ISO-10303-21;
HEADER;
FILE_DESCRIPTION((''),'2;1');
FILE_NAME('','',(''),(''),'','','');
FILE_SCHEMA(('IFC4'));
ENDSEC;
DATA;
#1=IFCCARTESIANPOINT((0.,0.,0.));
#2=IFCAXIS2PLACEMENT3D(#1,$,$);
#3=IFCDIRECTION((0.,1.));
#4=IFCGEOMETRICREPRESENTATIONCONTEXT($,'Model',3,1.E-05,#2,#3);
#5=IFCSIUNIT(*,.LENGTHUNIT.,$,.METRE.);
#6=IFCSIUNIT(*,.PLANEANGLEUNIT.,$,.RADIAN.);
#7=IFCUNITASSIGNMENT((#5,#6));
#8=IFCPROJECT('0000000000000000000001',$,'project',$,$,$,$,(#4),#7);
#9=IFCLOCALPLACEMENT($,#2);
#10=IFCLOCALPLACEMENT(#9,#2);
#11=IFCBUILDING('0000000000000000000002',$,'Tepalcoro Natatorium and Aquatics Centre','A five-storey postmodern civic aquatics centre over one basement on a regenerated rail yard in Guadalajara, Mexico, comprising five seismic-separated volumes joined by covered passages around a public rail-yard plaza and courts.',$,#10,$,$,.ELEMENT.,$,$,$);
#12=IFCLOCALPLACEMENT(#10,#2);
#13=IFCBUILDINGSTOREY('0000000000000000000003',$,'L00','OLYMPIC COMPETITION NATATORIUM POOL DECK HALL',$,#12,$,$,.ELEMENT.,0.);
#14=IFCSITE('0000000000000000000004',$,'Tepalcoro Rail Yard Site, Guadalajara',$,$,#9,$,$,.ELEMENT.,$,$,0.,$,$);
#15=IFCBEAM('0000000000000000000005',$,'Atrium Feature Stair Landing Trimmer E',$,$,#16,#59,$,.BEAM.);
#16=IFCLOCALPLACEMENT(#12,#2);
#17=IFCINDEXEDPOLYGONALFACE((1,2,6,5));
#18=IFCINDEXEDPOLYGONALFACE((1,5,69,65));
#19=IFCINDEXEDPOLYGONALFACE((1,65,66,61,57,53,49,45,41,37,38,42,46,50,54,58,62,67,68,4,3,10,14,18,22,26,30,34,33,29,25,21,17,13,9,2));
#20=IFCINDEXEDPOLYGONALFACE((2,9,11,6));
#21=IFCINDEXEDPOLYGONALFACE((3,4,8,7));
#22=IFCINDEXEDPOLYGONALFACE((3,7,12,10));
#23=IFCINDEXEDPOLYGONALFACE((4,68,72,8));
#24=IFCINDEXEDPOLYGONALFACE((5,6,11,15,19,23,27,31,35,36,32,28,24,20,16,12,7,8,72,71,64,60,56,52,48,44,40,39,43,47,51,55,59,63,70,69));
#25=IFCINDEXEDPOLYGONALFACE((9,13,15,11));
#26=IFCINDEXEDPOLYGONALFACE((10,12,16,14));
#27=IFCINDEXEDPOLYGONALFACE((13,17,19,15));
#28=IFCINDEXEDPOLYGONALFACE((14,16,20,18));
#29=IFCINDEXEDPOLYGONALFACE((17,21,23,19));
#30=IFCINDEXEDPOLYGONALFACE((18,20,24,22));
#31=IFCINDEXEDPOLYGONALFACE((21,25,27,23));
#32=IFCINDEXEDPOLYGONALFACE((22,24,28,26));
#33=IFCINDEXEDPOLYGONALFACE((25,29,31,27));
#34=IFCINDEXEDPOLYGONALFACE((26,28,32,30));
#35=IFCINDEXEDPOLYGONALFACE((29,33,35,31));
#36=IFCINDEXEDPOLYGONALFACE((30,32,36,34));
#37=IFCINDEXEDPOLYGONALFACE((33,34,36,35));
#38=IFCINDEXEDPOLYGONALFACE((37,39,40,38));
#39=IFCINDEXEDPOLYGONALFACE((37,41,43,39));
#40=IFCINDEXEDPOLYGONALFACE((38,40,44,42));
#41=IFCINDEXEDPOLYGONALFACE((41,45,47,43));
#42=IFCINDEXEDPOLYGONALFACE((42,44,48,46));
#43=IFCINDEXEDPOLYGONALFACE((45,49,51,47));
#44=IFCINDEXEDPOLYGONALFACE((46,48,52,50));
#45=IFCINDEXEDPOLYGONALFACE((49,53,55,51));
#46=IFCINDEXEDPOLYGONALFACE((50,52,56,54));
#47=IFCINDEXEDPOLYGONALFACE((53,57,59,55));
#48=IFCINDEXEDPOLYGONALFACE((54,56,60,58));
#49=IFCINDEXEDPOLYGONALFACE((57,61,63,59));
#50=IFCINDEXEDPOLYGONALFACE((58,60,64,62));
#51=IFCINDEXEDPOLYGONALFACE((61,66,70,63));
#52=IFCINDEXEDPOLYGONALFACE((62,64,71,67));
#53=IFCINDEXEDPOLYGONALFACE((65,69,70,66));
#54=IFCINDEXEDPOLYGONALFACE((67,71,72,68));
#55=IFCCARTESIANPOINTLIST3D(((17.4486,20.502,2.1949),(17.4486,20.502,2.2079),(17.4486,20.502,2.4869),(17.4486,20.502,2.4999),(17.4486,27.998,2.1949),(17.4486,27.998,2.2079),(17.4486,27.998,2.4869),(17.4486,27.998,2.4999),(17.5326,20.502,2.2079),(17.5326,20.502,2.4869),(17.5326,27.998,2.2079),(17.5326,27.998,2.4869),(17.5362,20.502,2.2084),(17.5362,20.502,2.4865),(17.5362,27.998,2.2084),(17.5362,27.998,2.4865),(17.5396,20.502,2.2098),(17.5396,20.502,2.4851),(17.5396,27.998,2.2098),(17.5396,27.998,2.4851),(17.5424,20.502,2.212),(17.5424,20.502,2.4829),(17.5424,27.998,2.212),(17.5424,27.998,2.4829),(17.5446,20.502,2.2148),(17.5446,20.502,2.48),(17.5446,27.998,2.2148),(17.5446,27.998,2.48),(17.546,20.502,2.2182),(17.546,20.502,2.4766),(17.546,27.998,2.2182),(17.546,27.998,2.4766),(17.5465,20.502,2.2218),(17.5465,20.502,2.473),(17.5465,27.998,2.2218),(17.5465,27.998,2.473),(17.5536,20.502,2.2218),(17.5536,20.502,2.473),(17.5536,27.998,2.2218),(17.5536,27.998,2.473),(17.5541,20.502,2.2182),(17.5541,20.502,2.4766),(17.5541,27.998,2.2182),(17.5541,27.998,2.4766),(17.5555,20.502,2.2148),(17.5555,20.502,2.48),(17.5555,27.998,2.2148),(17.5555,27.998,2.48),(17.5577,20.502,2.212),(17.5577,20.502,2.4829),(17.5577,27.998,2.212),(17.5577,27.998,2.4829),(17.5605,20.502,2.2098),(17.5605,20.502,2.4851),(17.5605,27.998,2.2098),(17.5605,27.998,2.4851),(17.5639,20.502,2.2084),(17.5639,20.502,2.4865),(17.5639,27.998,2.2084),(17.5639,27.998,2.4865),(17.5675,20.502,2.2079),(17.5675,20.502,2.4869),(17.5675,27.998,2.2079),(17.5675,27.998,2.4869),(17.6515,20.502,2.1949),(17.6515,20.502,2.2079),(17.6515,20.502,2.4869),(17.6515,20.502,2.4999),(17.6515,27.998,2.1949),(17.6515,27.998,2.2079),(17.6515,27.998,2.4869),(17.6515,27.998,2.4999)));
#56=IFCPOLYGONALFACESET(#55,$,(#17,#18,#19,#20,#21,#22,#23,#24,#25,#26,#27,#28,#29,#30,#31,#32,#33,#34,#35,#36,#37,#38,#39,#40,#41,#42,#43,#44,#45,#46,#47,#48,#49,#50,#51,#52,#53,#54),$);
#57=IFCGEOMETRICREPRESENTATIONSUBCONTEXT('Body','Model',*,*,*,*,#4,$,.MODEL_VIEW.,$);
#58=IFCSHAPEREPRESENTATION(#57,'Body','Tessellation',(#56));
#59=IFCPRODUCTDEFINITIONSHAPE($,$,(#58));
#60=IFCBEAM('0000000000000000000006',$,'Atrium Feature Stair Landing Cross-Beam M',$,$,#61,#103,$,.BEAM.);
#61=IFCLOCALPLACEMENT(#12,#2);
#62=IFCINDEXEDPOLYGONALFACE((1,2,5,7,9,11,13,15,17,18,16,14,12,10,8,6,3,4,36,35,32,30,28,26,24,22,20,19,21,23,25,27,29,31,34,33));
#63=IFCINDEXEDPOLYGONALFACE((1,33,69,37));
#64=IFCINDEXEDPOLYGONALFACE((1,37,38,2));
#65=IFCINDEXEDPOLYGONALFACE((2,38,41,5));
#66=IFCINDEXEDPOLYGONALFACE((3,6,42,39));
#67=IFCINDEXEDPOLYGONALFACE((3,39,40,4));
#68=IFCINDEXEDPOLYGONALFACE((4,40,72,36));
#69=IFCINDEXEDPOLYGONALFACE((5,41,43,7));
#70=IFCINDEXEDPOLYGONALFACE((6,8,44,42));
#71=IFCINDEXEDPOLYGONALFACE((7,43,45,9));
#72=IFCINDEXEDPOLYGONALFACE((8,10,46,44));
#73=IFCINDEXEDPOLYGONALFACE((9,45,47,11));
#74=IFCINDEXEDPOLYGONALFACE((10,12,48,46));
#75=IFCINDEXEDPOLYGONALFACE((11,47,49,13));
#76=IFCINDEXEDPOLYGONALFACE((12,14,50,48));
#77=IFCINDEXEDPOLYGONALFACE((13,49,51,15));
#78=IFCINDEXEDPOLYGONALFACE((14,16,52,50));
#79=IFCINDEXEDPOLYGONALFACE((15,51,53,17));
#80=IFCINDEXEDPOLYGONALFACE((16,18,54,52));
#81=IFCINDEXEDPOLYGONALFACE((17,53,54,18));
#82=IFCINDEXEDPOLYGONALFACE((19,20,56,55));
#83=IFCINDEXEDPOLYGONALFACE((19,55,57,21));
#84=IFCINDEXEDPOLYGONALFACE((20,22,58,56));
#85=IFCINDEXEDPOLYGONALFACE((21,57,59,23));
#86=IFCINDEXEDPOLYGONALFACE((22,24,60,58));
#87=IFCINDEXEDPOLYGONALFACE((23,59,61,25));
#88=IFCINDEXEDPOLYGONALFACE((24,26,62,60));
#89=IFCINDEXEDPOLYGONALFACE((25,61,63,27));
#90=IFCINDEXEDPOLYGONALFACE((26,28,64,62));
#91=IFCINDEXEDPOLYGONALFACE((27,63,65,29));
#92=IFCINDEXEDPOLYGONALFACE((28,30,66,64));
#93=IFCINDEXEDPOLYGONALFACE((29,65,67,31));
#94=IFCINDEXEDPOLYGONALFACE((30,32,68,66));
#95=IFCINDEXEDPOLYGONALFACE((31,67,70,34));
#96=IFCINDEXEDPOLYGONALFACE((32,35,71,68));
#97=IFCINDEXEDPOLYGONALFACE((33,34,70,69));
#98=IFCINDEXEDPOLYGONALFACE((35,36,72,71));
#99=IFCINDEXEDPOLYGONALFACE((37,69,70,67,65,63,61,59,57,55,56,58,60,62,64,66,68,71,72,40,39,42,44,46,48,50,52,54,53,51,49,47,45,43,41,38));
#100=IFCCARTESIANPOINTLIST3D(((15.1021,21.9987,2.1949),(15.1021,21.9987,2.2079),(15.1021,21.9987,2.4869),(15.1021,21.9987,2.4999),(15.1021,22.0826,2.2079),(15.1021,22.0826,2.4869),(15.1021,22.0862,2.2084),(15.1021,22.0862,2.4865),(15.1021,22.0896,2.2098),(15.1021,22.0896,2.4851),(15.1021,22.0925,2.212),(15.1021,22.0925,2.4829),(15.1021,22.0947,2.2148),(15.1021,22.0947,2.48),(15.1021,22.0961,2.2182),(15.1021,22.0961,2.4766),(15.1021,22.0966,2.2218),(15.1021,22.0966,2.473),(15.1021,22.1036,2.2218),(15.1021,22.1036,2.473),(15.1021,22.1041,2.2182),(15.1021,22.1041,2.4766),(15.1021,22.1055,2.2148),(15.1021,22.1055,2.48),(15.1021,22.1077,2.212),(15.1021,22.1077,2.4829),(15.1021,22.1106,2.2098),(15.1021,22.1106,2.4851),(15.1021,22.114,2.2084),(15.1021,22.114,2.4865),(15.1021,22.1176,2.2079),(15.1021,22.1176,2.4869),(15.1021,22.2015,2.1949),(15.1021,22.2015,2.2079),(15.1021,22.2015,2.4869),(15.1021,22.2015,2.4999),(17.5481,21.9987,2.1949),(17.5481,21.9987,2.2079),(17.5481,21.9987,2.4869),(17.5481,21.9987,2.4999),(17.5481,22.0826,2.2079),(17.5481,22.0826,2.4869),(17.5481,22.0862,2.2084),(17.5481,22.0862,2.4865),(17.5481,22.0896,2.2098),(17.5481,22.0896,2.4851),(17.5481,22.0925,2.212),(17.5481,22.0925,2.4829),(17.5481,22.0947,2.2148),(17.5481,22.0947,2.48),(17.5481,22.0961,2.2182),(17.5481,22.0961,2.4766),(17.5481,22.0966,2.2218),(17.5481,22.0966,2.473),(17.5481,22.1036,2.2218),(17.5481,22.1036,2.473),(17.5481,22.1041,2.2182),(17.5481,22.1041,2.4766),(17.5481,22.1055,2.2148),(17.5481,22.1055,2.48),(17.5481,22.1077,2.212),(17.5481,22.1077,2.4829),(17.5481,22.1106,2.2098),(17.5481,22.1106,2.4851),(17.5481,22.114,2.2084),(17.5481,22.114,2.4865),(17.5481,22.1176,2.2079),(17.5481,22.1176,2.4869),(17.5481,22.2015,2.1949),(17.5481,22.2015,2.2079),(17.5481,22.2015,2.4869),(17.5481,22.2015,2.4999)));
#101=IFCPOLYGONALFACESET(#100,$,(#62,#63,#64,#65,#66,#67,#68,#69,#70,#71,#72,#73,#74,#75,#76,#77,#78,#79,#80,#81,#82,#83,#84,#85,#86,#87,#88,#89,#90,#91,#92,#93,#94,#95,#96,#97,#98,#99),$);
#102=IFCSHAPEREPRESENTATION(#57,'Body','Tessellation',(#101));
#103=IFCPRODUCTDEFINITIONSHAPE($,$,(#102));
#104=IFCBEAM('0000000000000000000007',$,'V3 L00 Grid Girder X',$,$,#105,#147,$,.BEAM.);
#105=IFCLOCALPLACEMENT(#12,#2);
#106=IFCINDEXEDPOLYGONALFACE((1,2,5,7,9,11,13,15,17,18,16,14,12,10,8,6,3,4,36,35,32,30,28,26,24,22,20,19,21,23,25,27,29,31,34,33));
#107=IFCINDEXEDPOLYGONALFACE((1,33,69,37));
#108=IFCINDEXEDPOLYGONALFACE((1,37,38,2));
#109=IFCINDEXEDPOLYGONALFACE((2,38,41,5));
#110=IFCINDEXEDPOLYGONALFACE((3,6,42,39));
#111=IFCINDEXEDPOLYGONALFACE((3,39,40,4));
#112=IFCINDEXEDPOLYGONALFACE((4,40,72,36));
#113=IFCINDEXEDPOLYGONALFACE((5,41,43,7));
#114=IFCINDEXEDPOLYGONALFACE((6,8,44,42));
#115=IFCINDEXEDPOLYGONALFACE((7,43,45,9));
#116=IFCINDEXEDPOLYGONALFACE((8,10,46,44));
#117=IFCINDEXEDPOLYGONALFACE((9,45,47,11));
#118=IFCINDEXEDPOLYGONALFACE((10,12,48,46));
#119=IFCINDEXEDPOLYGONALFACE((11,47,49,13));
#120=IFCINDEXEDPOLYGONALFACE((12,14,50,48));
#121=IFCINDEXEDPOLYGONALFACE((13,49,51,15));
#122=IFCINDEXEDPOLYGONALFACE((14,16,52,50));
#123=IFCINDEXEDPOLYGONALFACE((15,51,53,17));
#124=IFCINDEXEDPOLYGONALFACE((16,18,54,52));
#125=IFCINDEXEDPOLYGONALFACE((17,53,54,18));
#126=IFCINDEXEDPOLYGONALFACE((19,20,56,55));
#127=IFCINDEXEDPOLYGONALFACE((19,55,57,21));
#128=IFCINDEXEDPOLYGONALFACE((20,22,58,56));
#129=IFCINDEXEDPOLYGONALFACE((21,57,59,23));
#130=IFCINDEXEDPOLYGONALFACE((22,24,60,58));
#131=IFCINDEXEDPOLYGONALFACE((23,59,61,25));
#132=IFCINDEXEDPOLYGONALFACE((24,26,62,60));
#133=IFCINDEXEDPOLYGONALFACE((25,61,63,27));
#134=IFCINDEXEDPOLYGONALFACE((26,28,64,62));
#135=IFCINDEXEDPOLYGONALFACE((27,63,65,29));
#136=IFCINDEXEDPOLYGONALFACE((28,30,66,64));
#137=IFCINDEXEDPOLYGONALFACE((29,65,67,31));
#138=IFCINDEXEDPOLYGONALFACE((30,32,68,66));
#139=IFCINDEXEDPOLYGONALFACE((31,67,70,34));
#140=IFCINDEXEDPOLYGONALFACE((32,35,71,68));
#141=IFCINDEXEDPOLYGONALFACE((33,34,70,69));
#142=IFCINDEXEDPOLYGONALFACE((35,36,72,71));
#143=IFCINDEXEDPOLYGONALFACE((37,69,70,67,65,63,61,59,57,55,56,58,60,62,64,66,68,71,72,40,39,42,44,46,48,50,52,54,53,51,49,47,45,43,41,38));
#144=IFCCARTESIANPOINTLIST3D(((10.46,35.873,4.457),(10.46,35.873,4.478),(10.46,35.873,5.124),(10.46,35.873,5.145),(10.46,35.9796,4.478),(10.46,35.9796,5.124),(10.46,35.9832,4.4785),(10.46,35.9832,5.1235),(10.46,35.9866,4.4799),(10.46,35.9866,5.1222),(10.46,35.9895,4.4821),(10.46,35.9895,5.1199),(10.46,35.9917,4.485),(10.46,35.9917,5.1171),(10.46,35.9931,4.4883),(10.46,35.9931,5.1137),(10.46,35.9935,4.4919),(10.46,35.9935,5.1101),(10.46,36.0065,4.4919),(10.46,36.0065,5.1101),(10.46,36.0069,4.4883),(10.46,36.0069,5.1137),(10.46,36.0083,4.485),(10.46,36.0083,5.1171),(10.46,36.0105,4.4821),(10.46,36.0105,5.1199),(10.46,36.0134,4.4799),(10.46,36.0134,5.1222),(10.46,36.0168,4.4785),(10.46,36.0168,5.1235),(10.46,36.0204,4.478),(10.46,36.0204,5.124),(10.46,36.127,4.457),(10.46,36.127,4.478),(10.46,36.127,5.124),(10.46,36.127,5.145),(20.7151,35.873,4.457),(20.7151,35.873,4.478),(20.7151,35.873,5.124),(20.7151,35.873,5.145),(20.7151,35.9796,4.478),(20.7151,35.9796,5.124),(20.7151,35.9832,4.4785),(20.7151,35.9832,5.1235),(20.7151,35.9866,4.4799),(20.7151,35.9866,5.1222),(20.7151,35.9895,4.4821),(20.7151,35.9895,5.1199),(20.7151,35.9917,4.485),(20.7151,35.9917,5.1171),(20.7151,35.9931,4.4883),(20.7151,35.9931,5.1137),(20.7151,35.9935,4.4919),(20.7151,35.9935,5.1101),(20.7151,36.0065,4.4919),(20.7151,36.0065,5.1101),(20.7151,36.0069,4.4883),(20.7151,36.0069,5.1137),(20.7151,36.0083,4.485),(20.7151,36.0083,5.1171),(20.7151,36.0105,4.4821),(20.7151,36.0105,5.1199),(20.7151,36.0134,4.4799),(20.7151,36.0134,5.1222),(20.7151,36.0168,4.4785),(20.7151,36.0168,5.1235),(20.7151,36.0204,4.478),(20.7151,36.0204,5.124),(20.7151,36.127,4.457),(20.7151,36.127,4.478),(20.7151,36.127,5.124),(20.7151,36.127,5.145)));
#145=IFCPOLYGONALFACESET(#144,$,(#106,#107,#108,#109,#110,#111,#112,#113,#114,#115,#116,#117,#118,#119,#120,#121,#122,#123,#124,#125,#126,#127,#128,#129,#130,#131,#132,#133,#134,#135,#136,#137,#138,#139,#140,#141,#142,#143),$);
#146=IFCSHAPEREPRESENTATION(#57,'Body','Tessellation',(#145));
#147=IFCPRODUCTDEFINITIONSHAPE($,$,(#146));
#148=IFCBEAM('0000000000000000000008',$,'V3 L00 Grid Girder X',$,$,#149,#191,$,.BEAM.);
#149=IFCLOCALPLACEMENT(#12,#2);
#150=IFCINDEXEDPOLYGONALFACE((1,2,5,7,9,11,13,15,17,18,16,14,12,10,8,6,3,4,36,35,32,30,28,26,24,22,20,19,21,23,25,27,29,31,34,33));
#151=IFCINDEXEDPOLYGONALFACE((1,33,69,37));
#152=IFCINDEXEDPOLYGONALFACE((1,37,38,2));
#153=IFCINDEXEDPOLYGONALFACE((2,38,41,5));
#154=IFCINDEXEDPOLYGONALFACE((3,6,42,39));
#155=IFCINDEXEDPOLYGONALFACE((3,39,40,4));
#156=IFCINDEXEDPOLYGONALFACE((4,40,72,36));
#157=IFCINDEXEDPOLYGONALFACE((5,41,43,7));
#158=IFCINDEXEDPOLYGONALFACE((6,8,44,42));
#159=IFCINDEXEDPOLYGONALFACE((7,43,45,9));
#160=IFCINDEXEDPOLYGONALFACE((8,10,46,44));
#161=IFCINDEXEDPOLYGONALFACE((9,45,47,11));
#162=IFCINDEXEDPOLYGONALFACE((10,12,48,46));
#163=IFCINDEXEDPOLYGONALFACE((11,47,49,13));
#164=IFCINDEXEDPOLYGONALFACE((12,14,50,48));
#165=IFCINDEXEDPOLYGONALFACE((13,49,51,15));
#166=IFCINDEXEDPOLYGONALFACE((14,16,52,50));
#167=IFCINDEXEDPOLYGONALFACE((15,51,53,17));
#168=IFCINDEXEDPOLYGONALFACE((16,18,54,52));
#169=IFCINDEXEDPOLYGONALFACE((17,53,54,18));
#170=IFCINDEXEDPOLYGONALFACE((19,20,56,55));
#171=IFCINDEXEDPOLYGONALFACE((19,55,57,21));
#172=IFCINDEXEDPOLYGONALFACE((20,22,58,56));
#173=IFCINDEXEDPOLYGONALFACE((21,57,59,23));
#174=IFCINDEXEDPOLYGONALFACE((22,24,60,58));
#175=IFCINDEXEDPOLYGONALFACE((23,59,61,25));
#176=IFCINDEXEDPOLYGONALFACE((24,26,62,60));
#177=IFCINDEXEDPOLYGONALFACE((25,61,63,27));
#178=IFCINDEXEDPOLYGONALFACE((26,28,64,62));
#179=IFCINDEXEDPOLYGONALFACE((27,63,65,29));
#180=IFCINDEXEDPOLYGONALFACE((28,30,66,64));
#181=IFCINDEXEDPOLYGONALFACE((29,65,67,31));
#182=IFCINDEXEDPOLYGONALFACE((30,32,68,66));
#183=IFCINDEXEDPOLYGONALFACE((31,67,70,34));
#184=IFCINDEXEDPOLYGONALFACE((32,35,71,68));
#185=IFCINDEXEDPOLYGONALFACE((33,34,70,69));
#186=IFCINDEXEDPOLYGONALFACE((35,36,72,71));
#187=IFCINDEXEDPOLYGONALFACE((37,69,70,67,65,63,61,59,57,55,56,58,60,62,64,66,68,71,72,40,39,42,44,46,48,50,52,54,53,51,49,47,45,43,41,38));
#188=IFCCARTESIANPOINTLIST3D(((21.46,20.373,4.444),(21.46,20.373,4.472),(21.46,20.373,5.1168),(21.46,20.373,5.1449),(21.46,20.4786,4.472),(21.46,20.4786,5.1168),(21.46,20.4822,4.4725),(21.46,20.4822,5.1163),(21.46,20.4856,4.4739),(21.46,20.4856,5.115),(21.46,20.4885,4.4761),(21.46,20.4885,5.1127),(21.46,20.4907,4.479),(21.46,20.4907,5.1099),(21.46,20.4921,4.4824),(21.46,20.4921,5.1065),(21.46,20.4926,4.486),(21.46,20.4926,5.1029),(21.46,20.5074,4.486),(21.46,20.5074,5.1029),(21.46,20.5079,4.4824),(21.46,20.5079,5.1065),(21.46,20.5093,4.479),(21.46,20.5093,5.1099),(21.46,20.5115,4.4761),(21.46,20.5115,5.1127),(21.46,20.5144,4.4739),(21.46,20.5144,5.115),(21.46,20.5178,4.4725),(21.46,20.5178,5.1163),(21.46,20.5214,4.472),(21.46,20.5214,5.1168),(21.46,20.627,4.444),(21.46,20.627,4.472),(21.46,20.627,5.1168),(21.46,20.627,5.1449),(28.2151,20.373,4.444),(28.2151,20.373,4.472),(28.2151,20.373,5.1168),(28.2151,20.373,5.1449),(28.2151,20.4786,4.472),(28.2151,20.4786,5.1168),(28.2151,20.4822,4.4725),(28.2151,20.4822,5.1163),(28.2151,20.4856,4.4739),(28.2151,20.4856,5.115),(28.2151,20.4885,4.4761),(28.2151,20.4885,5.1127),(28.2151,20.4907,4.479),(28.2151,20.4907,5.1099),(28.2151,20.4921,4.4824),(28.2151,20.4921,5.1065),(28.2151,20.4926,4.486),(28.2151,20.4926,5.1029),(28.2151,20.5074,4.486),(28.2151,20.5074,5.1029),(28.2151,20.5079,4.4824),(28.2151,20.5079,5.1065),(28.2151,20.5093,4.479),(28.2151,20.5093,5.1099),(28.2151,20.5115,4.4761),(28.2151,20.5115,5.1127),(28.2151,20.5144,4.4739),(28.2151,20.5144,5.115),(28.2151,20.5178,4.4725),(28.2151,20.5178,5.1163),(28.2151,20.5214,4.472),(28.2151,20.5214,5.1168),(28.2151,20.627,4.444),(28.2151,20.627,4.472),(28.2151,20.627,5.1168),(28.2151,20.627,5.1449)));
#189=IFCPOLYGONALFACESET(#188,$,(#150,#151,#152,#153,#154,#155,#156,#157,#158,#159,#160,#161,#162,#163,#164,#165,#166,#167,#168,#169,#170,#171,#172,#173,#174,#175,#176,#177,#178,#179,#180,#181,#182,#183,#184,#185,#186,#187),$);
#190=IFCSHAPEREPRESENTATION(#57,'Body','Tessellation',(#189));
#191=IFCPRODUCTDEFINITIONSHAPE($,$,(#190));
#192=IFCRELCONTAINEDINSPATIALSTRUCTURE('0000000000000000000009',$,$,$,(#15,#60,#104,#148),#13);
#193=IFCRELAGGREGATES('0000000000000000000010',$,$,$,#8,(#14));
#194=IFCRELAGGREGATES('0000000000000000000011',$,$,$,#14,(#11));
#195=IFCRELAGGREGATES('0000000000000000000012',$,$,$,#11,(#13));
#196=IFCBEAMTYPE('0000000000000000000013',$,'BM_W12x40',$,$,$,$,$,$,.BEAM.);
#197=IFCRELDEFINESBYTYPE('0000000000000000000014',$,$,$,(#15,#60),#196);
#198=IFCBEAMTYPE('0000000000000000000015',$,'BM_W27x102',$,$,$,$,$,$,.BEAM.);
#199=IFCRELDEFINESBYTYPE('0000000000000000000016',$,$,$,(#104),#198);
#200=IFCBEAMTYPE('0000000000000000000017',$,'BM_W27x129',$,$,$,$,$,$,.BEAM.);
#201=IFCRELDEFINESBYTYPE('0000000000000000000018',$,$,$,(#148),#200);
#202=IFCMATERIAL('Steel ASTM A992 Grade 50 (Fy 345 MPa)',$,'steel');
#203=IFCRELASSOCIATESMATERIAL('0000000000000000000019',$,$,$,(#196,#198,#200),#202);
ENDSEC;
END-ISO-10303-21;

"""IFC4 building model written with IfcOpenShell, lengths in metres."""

from ifc_helpers import new_model, si_unit, direction, frame, origin, origin_2d, place, context, subcontext, project, spatial, i_section, extrude, material, material_profile, profile_set, type_object, element, save


model = new_model("IFC4")

# Units and contexts
model_context = context("Model", 3, precision=1e-05, world=origin(), true_north=direction((0.0, 1.0)))
body_context = subcontext(model_context, "Body", "Model", "MODEL_VIEW")
ifc_project = project(units=[si_unit("LENGTHUNIT", "METRE"), si_unit("PLANEANGLEUNIT", "RADIAN")], contexts=[model_context])

# Site, building, storey
site_placement = place(None, origin())
site = spatial("IfcSite", under=ifc_project, at=site_placement, Name="Tepalcoro Rail Yard Site, Guadalajara", CompositionType="ELEMENT", RefElevation=0.0)
building_placement = place(site_placement, origin())
building = spatial("IfcBuilding", under=site, at=building_placement, Name="Tepalcoro Natatorium and Aquatics Centre", Description="A five-storey postmodern civic aquatics centre over one basement on a regenerated rail yard in Guadalajara, Mexico, comprising five seismic-separated volumes joined by covered passages around a public rail-yard plaza and courts.", CompositionType="ELEMENT")
storey_placement = place(building_placement, origin())
storey = spatial("IfcBuildingStorey", under=building, at=storey_placement, Name="L00", Description="OLYMPIC COMPETITION NATATORIUM POOL DECK HALL", CompositionType="ELEMENT", Elevation=0.0)

# Beams
ifc_material_1 = material(Name="Steel ASTM A992 Grade 50 (Fy 345 MPa)", Category="steel")
ifc_material_profile_1 = material_profile(ifc_material_1, i_section(OverallWidth=0.2029, OverallDepth=0.3049, WebThickness=0.0071, FlangeThickness=0.0129, FilletRadius=0.0139, at=origin_2d()), Name="W12X40")
ifc_profile_set_1 = profile_set([ifc_material_profile_1], Name="Steel ASTM A992 Grade 50 (Fy 345 MPa)")
beam_type_1 = type_object("IfcBeamType", Name="BM_W12x40", PredefinedType="BEAM", material=ifc_profile_set_1)
for number, where, z_axis, x_axis, name in (
    (1, (17.55, 20.502, 2.3474), (0.0, 1.0, 0.0), (-1.0, 0.0, 0.0), "Atrium Feature Stair Landing Trimmer E"),
):
    element("IfcBeam", number, at=place(storey_placement, frame(where, z_axis=z_axis, x_axis=x_axis)), inside=storey, type_object=beam_type_1, Name=name, PredefinedType="BEAM", context=body_context, shape_type="SweptSolid", body=[
        extrude(i_section(OverallWidth=0.2029, OverallDepth=0.3049, WebThickness=0.0071, FlangeThickness=0.0129, FilletRadius=0.0139, at=origin_2d()), origin(), (0.0, 0.0, 1.0), 7.4961),
    ])
beam_1_placement = place(storey_placement, frame((15.1021, 22.1001, 2.3474), z_axis=(1.0, 0.0, 0.0), x_axis=(0.0, 1.0, 0.0)))
element("IfcBeam", 2, at=beam_1_placement, inside=storey, type_object=beam_type_1, Name="Atrium Feature Stair Landing Cross-Beam M", PredefinedType="BEAM", context=body_context, shape_type="SweptSolid", body=[
    extrude(i_section(OverallWidth=0.2029, OverallDepth=0.3049, WebThickness=0.0071, FlangeThickness=0.0129, FilletRadius=0.0139, at=origin_2d()), origin(), (0.0, 0.0, 1.0), 2.446),
])
ifc_material_profile_2 = material_profile(ifc_material_1, i_section(OverallWidth=0.2539, OverallDepth=0.688, WebThickness=0.0129, FlangeThickness=0.021, FilletRadius=0.0139, at=origin_2d()), Name="W27X102")
ifc_profile_set_2 = profile_set([ifc_material_profile_2], Name="Steel ASTM A992 Grade 50 (Fy 345 MPa)")
beam_type_2 = type_object("IfcBeamType", Name="BM_W27x102", PredefinedType="BEAM", material=ifc_profile_set_2)
beam_2_placement = place(storey_placement, frame((10.46, 36.0, 4.801), z_axis=(1.0, 0.0, 0.0), x_axis=(0.0, 1.0, 0.0)))
element("IfcBeam", 3, at=beam_2_placement, inside=storey, type_object=beam_type_2, Name="V3 L00 Grid Girder X", PredefinedType="BEAM", context=body_context, shape_type="SweptSolid", body=[
    extrude(i_section(OverallWidth=0.2539, OverallDepth=0.688, WebThickness=0.0129, FlangeThickness=0.021, FilletRadius=0.0139, at=origin_2d()), origin(), (0.0, 0.0, 1.0), 10.2551),
])
ifc_material_profile_3 = material_profile(ifc_material_1, i_section(OverallWidth=0.2539, OverallDepth=0.7009, WebThickness=0.0149, FlangeThickness=0.0281, FilletRadius=0.0139, at=origin_2d()), Name="W27X129")
ifc_profile_set_3 = profile_set([ifc_material_profile_3], Name="Steel ASTM A992 Grade 50 (Fy 345 MPa)")
beam_type_3 = type_object("IfcBeamType", Name="BM_W27x129", PredefinedType="BEAM", material=ifc_profile_set_3)
beam_3_placement = place(storey_placement, frame((21.46, 20.5, 4.7944), z_axis=(1.0, 0.0, 0.0), x_axis=(0.0, 1.0, 0.0)))
element("IfcBeam", 4, at=beam_3_placement, inside=storey, type_object=beam_type_3, Name="V3 L00 Grid Girder X", PredefinedType="BEAM", context=body_context, shape_type="SweptSolid", body=[
    extrude(i_section(OverallWidth=0.2539, OverallDepth=0.7009, WebThickness=0.0149, FlangeThickness=0.0281, FilletRadius=0.0139, at=origin_2d()), origin(), (0.0, 0.0, 1.0), 6.7551),
])

save(model, "model.ifc")
